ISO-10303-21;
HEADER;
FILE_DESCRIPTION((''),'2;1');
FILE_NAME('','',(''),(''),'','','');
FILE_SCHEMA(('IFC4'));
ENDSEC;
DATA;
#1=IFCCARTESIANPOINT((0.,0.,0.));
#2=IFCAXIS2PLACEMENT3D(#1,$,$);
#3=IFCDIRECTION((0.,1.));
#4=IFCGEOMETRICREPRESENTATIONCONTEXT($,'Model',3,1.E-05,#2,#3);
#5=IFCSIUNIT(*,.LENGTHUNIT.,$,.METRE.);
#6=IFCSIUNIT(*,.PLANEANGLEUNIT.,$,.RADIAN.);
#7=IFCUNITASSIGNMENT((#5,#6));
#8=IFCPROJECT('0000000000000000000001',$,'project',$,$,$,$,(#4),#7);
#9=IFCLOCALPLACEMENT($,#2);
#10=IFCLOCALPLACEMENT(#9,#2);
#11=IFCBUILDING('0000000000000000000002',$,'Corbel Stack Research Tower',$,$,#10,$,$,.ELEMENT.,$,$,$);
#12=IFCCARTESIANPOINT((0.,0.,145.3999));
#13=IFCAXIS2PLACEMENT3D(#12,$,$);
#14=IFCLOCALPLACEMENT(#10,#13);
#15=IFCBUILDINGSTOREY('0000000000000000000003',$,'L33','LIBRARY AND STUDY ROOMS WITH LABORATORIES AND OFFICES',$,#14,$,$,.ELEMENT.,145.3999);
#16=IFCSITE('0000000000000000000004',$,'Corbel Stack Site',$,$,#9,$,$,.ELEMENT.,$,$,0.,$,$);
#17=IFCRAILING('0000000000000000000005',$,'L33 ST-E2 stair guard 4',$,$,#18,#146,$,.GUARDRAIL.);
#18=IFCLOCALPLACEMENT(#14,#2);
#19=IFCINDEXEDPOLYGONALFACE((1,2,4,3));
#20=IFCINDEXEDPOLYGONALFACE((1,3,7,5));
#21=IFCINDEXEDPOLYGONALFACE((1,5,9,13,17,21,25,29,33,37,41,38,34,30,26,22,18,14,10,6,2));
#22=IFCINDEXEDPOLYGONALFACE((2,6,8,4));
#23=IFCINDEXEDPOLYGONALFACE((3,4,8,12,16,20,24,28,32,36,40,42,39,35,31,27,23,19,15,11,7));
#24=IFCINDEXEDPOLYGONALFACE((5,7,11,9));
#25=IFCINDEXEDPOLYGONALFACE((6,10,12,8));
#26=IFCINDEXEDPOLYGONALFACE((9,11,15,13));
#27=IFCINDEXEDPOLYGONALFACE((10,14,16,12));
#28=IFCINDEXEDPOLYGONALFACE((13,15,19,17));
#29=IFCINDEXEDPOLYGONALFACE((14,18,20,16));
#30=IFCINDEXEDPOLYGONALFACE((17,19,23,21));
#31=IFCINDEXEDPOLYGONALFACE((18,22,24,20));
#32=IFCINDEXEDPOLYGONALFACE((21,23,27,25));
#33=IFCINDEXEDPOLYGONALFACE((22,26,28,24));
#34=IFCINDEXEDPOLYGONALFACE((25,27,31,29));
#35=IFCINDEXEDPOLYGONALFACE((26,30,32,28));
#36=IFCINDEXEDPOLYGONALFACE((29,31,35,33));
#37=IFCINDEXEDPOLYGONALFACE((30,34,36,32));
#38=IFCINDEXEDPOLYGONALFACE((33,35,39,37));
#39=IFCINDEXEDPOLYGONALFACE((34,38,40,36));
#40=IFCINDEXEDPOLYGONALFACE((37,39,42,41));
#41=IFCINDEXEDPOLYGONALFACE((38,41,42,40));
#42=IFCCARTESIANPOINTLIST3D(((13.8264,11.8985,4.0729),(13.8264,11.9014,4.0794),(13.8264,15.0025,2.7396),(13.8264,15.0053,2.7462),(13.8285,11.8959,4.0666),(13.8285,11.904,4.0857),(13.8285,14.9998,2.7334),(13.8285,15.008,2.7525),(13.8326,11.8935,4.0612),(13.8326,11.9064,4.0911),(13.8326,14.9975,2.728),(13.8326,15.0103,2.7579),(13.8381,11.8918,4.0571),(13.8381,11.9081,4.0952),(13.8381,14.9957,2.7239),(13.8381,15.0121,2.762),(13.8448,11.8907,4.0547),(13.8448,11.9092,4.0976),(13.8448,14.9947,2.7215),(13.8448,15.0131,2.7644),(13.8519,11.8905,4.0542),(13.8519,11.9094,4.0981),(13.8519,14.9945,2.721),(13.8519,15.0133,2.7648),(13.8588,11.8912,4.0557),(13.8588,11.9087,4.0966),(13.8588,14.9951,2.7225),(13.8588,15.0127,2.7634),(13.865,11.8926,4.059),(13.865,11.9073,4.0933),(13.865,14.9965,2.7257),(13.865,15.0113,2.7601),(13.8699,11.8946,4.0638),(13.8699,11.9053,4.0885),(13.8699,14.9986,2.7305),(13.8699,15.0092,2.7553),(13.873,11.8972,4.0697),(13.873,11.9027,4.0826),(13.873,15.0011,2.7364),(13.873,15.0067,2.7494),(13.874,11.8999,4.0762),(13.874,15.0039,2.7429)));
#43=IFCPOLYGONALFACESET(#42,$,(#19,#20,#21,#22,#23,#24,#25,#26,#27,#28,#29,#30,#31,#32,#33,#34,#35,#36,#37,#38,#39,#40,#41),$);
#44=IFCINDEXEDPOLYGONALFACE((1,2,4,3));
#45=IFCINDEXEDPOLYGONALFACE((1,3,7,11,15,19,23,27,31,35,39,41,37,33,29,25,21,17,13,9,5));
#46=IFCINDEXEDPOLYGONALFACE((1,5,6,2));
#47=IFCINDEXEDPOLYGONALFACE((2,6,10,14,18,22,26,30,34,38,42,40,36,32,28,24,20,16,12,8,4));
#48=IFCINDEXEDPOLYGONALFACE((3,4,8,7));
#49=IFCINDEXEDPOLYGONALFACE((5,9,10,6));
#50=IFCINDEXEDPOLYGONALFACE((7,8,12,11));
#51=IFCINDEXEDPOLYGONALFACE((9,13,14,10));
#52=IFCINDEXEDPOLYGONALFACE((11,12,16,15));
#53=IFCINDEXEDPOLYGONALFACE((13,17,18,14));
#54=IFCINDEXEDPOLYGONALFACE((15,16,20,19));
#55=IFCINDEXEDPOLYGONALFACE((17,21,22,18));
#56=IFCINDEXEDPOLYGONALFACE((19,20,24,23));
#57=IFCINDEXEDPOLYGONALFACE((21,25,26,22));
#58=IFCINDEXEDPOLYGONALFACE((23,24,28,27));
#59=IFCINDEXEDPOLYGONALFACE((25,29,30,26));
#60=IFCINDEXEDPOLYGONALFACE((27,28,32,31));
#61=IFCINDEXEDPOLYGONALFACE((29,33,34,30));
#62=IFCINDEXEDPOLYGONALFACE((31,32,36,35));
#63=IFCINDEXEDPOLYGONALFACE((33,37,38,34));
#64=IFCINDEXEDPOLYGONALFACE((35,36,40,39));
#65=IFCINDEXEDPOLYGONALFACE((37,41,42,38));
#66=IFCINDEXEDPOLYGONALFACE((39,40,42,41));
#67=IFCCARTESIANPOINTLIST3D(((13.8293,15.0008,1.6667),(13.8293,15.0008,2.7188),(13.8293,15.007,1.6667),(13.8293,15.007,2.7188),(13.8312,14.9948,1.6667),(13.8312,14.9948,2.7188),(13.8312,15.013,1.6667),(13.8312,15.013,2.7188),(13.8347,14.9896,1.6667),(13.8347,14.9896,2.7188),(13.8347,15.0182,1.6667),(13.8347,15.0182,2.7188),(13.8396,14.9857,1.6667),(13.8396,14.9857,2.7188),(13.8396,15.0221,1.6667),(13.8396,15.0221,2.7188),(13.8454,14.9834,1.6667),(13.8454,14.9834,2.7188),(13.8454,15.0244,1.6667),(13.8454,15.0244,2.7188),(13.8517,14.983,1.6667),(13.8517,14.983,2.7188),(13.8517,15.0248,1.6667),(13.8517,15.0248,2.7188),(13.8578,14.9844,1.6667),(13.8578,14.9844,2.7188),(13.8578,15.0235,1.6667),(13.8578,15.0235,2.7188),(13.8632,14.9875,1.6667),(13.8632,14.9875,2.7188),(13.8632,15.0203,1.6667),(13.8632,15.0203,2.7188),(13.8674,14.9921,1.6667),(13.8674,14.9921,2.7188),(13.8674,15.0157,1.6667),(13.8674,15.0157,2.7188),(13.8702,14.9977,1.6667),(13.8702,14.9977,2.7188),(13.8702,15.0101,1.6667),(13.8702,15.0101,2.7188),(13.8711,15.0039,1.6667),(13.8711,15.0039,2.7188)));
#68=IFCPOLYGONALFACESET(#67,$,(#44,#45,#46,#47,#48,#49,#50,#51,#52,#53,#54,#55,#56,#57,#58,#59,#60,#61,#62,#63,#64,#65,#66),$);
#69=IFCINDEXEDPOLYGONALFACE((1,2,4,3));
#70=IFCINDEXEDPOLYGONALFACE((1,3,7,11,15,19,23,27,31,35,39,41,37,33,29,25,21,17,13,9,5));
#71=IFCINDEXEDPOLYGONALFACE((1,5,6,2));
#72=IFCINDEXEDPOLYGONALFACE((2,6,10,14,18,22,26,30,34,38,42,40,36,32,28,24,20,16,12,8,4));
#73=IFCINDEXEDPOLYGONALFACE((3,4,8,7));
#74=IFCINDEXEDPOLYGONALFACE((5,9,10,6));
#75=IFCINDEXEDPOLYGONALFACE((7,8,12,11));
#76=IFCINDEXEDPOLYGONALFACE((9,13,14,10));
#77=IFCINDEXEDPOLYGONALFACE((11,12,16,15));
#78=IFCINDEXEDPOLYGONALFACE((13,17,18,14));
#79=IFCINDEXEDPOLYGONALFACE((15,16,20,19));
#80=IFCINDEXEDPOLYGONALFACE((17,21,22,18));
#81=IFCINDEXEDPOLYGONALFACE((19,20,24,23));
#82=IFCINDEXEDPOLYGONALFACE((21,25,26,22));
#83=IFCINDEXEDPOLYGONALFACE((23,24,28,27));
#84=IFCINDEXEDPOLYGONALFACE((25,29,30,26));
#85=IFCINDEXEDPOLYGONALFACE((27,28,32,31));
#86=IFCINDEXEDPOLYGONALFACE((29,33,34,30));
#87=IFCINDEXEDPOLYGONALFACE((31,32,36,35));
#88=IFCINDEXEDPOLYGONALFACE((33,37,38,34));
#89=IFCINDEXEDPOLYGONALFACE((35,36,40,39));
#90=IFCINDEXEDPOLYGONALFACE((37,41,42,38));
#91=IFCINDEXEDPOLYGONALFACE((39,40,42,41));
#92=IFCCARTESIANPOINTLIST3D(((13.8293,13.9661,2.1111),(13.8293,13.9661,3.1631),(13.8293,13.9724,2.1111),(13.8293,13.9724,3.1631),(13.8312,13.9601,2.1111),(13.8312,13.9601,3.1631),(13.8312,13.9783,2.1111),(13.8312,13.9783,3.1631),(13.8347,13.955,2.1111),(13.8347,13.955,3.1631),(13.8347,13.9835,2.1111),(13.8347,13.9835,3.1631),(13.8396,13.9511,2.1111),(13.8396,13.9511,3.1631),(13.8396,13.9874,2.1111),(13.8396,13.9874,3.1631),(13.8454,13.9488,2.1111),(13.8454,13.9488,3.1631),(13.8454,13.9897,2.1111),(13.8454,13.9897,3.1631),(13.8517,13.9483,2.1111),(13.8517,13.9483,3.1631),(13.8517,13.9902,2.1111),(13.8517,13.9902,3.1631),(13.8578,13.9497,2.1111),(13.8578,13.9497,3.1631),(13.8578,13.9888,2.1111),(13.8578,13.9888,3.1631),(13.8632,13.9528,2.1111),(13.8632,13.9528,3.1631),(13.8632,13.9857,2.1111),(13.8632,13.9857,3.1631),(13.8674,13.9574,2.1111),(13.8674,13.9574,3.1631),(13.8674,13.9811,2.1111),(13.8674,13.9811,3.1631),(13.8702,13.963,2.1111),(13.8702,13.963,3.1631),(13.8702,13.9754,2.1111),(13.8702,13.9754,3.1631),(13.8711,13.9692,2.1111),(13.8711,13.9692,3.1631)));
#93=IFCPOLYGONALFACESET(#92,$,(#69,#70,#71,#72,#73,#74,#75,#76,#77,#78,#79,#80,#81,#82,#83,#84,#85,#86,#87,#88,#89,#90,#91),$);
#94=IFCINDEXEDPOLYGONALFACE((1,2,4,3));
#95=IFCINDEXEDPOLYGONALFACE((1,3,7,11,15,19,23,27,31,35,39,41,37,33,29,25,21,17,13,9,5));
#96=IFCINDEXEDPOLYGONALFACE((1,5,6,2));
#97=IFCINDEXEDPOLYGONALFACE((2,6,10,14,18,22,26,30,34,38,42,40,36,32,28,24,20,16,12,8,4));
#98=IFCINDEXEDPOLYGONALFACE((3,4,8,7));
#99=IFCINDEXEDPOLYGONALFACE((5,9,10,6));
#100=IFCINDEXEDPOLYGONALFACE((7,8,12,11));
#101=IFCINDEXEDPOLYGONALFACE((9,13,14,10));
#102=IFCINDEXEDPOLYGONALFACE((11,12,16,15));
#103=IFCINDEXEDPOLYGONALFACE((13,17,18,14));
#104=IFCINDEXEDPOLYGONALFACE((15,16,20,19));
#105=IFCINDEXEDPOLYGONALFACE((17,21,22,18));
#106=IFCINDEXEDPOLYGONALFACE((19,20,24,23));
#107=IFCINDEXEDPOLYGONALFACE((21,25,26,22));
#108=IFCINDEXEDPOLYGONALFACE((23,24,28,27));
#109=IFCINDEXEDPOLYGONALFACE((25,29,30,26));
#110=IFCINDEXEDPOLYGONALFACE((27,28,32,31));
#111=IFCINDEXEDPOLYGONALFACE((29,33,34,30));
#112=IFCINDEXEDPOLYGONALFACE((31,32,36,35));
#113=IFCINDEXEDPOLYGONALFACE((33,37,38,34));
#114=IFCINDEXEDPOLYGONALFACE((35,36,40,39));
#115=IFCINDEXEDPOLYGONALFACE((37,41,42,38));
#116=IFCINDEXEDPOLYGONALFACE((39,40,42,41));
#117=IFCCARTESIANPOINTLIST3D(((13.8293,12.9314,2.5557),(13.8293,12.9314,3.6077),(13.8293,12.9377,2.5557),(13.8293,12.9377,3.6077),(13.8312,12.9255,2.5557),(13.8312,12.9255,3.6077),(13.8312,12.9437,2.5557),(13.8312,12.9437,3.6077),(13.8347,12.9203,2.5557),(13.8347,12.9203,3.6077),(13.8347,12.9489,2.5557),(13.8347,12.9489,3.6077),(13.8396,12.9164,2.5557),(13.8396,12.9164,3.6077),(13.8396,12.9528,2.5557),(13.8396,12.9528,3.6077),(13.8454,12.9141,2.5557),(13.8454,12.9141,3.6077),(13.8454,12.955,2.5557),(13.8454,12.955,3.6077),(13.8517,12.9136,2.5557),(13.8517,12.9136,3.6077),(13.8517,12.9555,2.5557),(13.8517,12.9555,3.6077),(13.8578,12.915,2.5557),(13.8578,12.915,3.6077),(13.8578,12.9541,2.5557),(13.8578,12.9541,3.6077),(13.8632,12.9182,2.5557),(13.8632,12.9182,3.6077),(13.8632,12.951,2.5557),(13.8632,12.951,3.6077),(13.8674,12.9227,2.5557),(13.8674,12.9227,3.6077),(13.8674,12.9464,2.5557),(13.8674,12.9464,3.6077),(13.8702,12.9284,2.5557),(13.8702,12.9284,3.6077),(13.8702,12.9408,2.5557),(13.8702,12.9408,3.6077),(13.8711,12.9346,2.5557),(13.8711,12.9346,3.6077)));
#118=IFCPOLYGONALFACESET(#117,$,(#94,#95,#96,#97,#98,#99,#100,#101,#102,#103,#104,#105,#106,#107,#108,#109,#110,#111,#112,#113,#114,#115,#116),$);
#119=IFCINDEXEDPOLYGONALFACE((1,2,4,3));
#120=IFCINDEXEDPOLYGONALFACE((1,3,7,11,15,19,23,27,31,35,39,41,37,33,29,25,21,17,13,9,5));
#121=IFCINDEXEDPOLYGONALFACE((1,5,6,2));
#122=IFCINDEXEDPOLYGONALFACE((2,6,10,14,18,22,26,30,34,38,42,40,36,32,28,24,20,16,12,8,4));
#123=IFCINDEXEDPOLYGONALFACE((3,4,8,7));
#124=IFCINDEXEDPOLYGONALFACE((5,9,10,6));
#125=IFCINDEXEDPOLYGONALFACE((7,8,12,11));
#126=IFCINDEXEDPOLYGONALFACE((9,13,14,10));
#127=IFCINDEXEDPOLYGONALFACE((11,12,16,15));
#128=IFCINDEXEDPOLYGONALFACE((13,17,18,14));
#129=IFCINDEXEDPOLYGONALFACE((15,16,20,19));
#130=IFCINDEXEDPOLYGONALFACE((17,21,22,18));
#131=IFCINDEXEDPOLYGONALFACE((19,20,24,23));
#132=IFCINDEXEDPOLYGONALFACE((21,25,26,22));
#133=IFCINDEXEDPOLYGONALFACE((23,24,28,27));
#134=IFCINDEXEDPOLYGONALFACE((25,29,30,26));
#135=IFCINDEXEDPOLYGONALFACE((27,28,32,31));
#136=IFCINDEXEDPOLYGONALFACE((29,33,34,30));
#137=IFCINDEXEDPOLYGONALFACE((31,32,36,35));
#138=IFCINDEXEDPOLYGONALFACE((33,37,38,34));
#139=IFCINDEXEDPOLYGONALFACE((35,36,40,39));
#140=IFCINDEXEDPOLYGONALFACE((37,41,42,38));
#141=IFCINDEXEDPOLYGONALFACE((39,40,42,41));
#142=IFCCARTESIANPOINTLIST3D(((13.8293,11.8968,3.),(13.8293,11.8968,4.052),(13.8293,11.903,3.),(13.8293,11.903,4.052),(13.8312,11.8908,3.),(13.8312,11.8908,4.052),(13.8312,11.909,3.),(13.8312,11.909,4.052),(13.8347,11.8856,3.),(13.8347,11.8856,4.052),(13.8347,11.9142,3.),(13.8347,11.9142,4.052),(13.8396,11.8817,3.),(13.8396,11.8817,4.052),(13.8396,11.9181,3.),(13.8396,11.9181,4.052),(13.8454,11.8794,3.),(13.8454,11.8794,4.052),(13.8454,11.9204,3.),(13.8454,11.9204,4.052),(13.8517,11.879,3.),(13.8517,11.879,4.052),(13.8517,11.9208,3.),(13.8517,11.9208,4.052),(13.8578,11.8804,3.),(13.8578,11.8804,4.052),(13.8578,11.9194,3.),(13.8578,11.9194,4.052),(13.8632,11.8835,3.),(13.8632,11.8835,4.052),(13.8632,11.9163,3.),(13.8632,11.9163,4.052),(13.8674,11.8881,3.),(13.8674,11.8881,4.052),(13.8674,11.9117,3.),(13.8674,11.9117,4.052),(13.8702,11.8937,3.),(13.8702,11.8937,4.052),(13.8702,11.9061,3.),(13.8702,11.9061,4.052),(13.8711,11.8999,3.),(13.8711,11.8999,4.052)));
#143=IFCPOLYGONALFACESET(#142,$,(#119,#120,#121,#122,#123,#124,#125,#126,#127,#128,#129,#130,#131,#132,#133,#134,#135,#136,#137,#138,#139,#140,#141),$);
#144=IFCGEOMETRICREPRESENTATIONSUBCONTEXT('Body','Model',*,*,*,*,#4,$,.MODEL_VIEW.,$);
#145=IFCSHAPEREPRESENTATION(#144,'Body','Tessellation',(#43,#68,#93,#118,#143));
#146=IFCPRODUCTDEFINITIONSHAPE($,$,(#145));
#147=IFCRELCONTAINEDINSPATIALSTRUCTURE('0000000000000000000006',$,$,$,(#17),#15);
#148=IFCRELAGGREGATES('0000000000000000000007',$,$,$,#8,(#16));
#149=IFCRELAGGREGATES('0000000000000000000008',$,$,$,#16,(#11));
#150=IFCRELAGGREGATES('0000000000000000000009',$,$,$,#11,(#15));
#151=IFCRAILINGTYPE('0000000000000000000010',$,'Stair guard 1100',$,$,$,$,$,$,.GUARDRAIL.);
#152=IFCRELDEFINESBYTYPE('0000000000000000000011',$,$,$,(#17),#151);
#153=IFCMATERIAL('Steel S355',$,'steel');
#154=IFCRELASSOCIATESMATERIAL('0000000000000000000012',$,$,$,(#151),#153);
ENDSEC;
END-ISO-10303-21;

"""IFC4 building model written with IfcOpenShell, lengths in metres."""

from ifc_helpers import new_model, si_unit, direction, frame, origin, origin_2d, place, context, subcontext, project, spatial, circle, extrude, material, type_object, element, save


model = new_model("IFC4")

# Units and contexts
model_context = context("Model", 3, precision=1e-05, world=origin(), true_north=direction((0.0, 1.0)))
body_context = subcontext(model_context, "Body", "Model", "MODEL_VIEW")
ifc_project = project(units=[si_unit("LENGTHUNIT", "METRE"), si_unit("PLANEANGLEUNIT", "RADIAN")], contexts=[model_context])

# Site, building, storey
site_placement = place(None, origin())
site = spatial("IfcSite", under=ifc_project, at=site_placement, Name="Corbel Stack Site", CompositionType="ELEMENT", RefElevation=0.0)
building_placement = place(site_placement, origin())
building = spatial("IfcBuilding", under=site, at=building_placement, Name="Corbel Stack Research Tower", CompositionType="ELEMENT")
storey_placement = place(building_placement, frame((0.0, 0.0, 145.3999)))
storey = spatial("IfcBuildingStorey", under=building, at=storey_placement, Name="L33", Description="LIBRARY AND STUDY ROOMS WITH LABORATORIES AND OFFICES", CompositionType="ELEMENT", Elevation=145.3999)

# Railing
ifc_material_1 = material(Name="Steel S355", Category="steel")
railing_type_1 = type_object("IfcRailingType", Name="Stair guard 1100", PredefinedType="GUARDRAIL", material=ifc_material_1)
railing_1_placement = place(storey_placement, frame((13.8501, 15.0039, 1.6667)))
element("IfcRailing", 1, at=railing_1_placement, inside=storey, type_object=railing_type_1, Name="L33 ST-E2 stair guard 4", PredefinedType="GUARDRAIL", context=body_context, shape_type="SweptSolid", body=[
    extrude(circle(Radius=0.0239, at=origin_2d()), frame((0.0, 0.0, 1.0762), z_axis=(0.0, -0.918827, 0.394661), x_axis=(1.0, 0.0, 0.0)), (0.0, 0.0, 1.0), 3.3782),
    extrude(circle(Radius=0.021, at=origin_2d()), origin(), (0.0, 0.0, 1.0), 1.052),
    extrude(circle(Radius=0.021, at=origin_2d()), frame((0.0, -1.0347, 0.4443)), (0.0, 0.0, 1.0), 1.052),
    extrude(circle(Radius=0.021, at=origin_2d()), frame((0.0, -2.0693, 0.8889)), (0.0, 0.0, 1.0), 1.052),
    extrude(circle(Radius=0.021, at=origin_2d()), frame((0.0, -3.104, 1.3333)), (0.0, 0.0, 1.0), 1.052),
])

save(model, "model.ifc")
